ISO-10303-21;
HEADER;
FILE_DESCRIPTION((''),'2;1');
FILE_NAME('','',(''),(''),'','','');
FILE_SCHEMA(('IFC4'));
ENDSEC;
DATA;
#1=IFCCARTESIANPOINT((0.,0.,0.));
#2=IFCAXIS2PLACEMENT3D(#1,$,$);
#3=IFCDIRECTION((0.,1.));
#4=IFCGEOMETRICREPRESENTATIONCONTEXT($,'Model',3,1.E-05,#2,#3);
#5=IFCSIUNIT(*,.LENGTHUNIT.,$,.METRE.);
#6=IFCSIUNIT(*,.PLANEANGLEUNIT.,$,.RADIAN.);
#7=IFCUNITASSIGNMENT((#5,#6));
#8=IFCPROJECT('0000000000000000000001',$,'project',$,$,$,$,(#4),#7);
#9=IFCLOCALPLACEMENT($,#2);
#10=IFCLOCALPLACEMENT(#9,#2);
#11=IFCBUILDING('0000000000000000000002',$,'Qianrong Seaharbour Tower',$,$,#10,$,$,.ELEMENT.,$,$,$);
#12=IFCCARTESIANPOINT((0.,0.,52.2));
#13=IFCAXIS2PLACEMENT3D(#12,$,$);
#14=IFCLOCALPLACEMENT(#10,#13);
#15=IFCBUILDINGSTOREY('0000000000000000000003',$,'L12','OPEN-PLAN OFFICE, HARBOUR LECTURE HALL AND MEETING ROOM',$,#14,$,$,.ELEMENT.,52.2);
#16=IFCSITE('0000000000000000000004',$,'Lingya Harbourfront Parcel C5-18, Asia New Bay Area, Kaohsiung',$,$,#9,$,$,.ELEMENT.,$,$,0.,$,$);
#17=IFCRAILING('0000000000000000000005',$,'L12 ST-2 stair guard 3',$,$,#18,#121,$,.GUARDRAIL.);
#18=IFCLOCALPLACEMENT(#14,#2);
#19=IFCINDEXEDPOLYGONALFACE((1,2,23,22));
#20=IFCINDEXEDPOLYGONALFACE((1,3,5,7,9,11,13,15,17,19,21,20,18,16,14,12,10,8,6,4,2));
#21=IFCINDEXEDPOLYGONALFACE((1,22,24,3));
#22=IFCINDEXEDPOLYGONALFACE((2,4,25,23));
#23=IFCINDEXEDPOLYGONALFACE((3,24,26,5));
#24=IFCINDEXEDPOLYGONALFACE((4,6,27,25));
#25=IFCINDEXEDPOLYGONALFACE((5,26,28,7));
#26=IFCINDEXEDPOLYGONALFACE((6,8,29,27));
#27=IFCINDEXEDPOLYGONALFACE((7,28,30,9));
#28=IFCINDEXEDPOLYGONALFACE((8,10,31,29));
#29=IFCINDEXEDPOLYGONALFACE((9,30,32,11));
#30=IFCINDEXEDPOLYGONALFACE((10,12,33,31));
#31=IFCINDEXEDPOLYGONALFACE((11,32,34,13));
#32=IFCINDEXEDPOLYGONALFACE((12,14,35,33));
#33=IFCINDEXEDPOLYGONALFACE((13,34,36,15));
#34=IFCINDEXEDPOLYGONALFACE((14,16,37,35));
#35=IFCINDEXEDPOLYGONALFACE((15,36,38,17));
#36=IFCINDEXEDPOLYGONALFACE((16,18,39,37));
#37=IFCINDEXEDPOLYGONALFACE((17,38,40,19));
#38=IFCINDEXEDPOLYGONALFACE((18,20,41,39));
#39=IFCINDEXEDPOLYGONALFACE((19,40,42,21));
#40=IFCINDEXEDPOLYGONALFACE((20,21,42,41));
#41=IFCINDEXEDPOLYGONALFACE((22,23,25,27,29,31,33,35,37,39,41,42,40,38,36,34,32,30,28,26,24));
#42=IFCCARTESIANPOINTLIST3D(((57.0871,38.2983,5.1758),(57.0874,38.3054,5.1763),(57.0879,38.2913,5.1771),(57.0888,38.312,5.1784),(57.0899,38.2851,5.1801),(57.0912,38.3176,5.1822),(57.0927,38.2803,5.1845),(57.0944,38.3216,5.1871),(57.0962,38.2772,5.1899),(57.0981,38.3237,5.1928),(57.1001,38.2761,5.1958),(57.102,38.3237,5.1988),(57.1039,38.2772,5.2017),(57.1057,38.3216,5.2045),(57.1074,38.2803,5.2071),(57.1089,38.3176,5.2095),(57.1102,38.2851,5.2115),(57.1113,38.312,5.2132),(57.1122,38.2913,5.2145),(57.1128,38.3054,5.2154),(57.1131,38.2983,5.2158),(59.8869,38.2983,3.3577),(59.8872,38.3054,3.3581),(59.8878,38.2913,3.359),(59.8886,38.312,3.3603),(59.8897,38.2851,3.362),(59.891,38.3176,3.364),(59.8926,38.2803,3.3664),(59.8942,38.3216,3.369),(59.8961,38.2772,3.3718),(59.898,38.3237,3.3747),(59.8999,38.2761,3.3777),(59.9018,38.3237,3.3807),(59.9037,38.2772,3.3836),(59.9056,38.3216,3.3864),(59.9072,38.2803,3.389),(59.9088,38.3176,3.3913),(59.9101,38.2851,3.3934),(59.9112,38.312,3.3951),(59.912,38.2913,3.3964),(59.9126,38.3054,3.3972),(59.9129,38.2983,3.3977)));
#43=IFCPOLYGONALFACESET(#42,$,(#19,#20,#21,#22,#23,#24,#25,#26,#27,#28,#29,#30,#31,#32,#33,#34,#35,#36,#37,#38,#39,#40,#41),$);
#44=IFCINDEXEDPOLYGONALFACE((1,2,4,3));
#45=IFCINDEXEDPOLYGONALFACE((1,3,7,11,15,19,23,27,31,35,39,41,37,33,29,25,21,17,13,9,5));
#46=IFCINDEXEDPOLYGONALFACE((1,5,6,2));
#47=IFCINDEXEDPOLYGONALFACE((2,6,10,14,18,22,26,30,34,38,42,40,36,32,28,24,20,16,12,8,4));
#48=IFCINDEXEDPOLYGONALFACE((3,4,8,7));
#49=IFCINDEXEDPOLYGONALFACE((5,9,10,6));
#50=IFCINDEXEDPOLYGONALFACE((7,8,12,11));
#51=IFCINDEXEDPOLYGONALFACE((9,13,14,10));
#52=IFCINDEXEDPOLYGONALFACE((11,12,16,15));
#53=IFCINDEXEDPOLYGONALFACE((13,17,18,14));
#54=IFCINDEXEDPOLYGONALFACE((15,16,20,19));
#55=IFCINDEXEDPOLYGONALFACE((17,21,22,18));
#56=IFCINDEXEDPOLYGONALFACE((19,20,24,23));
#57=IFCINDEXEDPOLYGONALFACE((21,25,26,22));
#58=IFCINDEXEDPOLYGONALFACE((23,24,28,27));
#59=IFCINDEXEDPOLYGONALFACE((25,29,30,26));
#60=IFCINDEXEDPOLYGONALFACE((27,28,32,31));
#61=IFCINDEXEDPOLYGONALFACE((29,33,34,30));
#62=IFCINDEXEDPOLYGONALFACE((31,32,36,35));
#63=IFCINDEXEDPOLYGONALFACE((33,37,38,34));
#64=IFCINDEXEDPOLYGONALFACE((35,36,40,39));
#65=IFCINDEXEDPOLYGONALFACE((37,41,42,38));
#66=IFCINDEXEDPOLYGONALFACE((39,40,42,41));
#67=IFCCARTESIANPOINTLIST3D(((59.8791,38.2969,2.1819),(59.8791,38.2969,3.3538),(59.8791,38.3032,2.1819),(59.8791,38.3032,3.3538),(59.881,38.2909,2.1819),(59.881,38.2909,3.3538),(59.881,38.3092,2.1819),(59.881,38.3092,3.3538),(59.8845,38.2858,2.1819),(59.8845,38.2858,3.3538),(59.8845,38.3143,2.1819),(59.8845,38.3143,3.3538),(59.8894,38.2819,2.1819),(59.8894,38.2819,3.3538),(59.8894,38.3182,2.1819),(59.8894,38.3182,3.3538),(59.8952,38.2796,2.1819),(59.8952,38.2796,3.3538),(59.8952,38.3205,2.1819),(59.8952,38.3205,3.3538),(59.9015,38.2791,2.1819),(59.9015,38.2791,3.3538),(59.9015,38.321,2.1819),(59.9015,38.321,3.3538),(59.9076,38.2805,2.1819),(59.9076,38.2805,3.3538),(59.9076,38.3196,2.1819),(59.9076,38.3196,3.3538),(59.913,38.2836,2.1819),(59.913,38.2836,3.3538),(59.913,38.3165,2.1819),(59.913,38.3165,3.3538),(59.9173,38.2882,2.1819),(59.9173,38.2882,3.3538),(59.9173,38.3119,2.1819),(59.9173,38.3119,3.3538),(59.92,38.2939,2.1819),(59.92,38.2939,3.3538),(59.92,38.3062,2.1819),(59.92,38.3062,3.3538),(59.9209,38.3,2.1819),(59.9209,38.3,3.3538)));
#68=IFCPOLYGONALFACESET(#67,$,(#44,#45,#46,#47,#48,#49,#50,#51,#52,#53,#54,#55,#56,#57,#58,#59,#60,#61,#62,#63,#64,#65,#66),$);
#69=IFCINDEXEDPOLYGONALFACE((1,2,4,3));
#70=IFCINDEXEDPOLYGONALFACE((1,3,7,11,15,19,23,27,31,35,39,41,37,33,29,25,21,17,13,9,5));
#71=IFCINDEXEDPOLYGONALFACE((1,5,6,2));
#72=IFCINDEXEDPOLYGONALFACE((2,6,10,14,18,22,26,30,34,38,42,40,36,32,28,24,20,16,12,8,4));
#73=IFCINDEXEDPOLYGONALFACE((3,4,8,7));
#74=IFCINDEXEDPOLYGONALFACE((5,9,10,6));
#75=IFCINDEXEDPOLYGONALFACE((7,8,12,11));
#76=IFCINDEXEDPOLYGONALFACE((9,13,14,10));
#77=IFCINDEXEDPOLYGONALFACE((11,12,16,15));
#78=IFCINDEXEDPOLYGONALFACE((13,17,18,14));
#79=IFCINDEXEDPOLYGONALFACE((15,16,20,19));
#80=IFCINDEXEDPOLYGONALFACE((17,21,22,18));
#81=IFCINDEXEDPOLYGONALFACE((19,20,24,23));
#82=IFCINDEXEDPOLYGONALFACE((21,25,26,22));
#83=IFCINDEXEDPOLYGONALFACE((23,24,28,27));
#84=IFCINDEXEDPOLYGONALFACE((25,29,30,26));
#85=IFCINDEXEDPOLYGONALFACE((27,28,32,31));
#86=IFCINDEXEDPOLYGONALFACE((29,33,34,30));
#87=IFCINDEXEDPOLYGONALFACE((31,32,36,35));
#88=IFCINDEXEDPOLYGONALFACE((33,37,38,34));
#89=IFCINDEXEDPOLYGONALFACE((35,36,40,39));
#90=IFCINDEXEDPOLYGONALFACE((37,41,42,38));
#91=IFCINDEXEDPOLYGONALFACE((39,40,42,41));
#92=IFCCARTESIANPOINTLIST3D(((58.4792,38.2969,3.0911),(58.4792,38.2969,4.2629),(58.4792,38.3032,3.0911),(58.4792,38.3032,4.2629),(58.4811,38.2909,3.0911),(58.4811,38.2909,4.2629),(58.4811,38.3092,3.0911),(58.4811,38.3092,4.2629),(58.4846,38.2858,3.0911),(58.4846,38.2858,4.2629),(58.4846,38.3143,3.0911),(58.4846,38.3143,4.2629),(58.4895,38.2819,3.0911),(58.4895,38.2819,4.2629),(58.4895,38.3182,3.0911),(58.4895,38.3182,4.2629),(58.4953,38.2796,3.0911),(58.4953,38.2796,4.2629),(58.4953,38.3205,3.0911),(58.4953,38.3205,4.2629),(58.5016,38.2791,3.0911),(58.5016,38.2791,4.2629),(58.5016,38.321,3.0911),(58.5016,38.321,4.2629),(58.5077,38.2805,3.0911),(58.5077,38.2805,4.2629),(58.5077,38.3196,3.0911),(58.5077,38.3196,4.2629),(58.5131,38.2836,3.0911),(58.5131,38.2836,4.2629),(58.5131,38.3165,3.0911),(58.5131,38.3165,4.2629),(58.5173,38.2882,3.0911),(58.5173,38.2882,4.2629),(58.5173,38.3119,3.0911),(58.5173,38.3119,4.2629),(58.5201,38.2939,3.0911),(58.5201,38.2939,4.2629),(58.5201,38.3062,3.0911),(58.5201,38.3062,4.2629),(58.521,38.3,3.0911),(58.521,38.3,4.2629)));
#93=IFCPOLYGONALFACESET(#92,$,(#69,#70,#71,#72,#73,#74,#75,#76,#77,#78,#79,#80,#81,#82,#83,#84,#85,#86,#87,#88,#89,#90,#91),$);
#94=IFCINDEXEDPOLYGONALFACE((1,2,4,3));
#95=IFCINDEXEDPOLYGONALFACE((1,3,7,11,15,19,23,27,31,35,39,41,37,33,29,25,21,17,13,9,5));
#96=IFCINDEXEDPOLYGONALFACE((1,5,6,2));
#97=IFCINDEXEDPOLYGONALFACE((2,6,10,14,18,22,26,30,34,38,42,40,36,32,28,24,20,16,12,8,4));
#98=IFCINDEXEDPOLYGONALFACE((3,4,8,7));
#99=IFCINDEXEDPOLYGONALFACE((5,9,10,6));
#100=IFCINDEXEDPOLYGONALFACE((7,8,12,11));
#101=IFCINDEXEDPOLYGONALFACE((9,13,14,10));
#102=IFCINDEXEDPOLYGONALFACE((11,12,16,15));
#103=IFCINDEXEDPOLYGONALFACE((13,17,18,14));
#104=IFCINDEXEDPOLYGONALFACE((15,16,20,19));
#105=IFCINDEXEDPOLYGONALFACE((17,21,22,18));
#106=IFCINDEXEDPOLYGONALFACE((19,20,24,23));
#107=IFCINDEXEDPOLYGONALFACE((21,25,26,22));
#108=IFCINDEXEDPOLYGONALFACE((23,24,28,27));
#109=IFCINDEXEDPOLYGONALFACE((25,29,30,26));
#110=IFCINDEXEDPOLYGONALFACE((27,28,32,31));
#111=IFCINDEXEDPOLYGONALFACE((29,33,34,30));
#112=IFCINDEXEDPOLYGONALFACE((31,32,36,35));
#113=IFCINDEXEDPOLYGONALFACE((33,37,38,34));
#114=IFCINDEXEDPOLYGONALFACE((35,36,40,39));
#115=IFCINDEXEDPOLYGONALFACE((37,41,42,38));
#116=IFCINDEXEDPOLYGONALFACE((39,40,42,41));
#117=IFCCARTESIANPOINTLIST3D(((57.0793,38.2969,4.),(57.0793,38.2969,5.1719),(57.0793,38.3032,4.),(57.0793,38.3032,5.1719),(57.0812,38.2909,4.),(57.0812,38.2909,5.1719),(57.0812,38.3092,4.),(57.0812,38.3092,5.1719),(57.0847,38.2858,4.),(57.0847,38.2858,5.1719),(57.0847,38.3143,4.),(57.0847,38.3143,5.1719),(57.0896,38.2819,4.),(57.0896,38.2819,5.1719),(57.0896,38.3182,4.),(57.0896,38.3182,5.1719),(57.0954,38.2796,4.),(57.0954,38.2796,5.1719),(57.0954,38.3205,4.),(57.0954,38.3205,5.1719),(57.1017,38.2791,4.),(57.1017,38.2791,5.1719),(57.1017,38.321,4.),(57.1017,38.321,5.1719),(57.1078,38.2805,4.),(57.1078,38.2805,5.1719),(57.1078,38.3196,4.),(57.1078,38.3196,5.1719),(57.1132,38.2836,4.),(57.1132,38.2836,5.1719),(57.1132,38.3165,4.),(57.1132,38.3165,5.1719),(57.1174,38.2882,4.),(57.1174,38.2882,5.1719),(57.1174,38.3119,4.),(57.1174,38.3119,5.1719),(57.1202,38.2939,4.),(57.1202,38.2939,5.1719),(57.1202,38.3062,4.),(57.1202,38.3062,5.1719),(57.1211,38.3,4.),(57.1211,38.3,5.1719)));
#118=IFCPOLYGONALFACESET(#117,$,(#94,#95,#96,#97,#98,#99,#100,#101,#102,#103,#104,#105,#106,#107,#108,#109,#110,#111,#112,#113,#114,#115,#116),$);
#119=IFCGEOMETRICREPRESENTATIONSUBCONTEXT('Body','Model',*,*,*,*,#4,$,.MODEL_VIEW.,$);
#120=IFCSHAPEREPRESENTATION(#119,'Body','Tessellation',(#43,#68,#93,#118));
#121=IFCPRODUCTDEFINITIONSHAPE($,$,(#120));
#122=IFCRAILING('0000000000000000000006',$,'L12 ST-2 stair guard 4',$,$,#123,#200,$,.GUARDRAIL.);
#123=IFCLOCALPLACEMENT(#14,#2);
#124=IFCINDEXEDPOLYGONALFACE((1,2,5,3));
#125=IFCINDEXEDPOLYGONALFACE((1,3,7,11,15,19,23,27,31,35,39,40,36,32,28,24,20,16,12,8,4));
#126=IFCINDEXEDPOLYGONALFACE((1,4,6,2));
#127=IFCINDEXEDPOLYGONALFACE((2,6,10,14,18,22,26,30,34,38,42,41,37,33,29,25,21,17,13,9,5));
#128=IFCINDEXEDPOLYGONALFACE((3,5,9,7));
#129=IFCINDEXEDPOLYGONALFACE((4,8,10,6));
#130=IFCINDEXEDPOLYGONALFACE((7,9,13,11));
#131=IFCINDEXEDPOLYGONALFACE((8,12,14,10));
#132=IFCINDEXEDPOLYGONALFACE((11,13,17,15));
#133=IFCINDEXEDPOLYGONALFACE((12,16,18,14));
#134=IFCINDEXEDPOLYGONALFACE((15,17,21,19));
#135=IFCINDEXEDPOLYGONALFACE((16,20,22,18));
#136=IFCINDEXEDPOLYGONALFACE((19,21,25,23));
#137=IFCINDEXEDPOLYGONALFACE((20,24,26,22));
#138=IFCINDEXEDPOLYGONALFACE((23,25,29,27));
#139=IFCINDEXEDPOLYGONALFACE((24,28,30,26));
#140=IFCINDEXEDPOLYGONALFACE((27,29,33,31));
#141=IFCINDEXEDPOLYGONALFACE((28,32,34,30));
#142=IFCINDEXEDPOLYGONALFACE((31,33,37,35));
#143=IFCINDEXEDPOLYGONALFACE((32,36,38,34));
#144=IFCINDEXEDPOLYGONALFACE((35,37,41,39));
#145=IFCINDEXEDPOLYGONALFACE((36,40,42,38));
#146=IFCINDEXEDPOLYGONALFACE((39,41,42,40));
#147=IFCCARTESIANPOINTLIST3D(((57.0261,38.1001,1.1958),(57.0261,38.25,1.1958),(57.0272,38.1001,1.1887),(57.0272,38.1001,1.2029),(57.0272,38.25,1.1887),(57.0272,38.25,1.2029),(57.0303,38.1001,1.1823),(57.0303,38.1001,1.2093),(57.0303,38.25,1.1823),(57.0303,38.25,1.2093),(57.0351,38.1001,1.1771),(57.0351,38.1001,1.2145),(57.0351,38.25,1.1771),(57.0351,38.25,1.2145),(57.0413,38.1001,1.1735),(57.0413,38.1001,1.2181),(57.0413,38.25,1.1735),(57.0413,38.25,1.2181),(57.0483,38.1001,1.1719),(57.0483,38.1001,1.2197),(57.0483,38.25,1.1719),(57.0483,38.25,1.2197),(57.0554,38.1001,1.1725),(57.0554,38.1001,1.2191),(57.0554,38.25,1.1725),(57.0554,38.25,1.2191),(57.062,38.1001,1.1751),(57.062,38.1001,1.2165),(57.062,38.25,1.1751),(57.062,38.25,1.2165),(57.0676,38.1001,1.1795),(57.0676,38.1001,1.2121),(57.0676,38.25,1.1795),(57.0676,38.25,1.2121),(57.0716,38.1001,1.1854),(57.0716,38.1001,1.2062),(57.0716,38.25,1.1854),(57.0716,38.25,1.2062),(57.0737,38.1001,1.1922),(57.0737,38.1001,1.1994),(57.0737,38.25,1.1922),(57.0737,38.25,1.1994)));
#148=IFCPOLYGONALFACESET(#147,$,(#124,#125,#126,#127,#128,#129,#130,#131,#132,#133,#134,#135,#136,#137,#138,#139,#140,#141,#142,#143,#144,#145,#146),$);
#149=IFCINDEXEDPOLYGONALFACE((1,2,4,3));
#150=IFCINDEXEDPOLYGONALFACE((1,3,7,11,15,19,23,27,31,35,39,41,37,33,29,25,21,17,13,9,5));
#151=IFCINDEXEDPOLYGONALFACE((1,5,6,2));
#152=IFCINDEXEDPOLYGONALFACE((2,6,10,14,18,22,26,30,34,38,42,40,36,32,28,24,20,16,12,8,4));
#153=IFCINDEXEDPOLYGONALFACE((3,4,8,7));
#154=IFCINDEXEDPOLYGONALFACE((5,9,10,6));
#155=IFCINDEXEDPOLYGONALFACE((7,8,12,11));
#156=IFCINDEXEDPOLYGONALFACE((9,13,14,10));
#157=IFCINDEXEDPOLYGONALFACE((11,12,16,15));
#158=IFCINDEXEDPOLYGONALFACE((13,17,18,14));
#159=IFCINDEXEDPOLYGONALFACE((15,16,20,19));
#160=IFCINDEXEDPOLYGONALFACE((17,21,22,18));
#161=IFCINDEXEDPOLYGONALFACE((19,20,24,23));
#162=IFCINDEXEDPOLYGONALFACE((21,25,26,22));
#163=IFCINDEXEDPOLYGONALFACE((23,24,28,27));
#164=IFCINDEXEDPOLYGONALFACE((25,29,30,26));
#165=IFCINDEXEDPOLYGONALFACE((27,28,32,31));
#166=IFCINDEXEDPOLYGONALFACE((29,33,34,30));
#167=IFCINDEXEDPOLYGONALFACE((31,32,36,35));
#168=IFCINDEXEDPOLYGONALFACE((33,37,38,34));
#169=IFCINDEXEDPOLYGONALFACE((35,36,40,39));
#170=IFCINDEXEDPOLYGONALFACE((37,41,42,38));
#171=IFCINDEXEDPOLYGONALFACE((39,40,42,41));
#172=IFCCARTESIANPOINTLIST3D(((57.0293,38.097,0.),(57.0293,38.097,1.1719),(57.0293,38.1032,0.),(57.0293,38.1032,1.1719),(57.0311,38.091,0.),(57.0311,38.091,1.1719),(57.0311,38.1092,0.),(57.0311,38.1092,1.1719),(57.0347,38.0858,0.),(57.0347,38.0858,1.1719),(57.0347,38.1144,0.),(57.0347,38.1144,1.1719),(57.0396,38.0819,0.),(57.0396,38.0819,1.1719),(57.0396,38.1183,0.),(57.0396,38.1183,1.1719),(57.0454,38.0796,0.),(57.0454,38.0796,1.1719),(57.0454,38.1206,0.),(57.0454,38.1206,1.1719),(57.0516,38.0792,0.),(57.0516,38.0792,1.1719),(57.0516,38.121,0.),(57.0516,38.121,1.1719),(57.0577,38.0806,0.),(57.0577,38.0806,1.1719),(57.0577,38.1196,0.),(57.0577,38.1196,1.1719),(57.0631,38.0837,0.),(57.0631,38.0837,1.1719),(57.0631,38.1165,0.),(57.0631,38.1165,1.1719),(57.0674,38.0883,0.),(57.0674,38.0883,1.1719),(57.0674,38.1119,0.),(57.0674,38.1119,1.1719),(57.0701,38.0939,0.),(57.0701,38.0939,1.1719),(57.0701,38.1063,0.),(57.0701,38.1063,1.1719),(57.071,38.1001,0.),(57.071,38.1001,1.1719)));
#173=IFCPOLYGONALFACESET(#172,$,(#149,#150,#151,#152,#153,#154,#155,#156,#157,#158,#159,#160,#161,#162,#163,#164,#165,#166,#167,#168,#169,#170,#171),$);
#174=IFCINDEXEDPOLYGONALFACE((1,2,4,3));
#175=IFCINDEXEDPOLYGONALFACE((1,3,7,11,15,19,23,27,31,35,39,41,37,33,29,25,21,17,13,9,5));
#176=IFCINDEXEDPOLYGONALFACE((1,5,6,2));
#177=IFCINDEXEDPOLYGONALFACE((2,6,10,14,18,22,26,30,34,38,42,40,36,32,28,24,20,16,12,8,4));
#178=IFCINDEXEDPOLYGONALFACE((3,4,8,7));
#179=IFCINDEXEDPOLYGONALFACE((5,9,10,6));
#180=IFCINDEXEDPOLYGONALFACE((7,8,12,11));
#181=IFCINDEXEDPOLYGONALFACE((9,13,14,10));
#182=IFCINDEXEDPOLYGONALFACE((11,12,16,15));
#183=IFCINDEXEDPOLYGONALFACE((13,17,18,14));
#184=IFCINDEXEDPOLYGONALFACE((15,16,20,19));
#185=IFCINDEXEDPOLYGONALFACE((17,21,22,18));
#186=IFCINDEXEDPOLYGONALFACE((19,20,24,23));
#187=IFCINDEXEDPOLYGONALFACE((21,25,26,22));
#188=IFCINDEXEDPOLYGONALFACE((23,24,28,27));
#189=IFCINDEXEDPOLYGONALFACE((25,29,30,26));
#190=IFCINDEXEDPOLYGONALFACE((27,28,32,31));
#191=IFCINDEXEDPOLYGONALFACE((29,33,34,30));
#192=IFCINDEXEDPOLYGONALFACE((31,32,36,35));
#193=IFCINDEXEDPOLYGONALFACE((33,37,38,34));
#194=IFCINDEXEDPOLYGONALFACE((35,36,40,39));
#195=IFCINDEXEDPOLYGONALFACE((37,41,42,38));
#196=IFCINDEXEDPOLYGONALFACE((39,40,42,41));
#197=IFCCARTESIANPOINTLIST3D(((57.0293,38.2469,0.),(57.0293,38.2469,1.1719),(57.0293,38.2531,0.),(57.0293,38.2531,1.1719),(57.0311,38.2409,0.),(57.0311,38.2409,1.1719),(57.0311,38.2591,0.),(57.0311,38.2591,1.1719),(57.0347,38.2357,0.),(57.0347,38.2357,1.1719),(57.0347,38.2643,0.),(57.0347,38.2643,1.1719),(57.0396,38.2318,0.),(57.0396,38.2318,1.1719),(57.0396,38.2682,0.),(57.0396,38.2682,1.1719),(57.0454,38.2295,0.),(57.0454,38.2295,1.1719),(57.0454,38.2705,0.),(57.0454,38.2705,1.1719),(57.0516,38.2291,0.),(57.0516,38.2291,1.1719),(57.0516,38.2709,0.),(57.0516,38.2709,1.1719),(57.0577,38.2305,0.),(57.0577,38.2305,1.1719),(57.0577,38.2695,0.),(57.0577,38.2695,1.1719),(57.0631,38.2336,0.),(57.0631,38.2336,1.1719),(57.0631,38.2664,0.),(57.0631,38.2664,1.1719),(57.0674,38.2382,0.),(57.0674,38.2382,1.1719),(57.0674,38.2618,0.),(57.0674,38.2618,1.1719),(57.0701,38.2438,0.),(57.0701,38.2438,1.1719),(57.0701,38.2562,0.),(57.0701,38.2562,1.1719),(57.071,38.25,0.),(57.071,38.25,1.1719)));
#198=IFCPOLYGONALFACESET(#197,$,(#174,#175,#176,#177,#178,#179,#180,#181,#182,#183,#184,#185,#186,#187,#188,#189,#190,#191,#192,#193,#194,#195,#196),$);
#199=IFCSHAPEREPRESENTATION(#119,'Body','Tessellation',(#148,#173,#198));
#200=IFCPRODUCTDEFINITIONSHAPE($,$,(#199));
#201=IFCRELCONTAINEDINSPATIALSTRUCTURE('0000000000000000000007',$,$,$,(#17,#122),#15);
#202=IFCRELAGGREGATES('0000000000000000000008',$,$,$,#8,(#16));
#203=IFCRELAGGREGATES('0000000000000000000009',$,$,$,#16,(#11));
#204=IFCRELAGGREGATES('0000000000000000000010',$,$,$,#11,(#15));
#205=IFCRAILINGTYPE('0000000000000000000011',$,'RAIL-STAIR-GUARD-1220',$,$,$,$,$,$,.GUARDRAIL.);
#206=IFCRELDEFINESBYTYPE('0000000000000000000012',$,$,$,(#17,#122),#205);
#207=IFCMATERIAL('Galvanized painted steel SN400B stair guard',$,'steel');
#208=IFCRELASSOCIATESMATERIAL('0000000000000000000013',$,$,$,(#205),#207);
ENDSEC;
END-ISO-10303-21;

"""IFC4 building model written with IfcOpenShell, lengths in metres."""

from ifc_helpers import new_model, si_unit, direction, frame, origin, origin_2d, place, context, subcontext, project, spatial, circle, extrude, material, type_object, element, save


model = new_model("IFC4")

# Units and contexts
model_context = context("Model", 3, precision=1e-05, world=origin(), true_north=direction((0.0, 1.0)))
body_context = subcontext(model_context, "Body", "Model", "MODEL_VIEW")
ifc_project = project(units=[si_unit("LENGTHUNIT", "METRE"), si_unit("PLANEANGLEUNIT", "RADIAN")], contexts=[model_context])

# Site, building, storey
site_placement = place(None, origin())
site = spatial("IfcSite", under=ifc_project, at=site_placement, Name="Lingya Harbourfront Parcel C5-18, Asia New Bay Area, Kaohsiung", CompositionType="ELEMENT", RefElevation=0.0)
building_placement = place(site_placement, origin())
building = spatial("IfcBuilding", under=site, at=building_placement, Name="Qianrong Seaharbour Tower", CompositionType="ELEMENT")
storey_placement = place(building_placement, frame((0.0, 0.0, 52.2)))
storey = spatial("IfcBuildingStorey", under=building, at=storey_placement, Name="L12", Description="OPEN-PLAN OFFICE, HARBOUR LECTURE HALL AND MEETING ROOM", CompositionType="ELEMENT", Elevation=52.2)

# Railings
ifc_material_1 = material(Name="Galvanized painted steel SN400B stair guard", Category="steel")
railing_type_1 = type_object("IfcRailingType", Name="RAIL-STAIR-GUARD-1220", PredefinedType="GUARDRAIL", material=ifc_material_1)
railing_1_placement = place(storey_placement, frame((59.8999, 38.3, 2.1819)))
element("IfcRailing", 1, at=railing_1_placement, inside=storey, type_object=railing_type_1, Name="L12 ST-2 stair guard 3", PredefinedType="GUARDRAIL", context=body_context, shape_type="SweptSolid", body=[
    extrude(circle(Radius=0.0239, at=origin_2d()), frame((0.0, 0.0, 1.1958), z_axis=(-0.838684, 0.0, 0.544618), x_axis=(0.0, -1.0, 0.0)), (0.0, 0.0, 1.0), 3.3384),
    extrude(circle(Radius=0.021, at=origin_2d()), origin(), (0.0, 0.0, 1.0), 1.1719),
    extrude(circle(Radius=0.021, at=origin_2d()), frame((-1.3999, 0.0, 0.9092)), (0.0, 0.0, 1.0), 1.1719),
    extrude(circle(Radius=0.021, at=origin_2d()), frame((-2.7998, 0.0, 1.8181)), (0.0, 0.0, 1.0), 1.1719),
])
railing_2_placement = place(storey_placement, frame((57.05, 38.1001, 0.0)))
element("IfcRailing", 2, at=railing_2_placement, inside=storey, type_object=railing_type_1, Name="L12 ST-2 stair guard 4", PredefinedType="GUARDRAIL", context=body_context, shape_type="SweptSolid", body=[
    extrude(circle(Radius=0.0239, at=origin_2d()), frame((0.0, 0.0, 1.1958), z_axis=(0.0, 1.0, 0.0), x_axis=(-1.0, 0.0, 0.0)), (0.0, 0.0, 1.0), 0.1499),
    extrude(circle(Radius=0.021, at=origin_2d()), origin(), (0.0, 0.0, 1.0), 1.1719),
    extrude(circle(Radius=0.021, at=origin_2d()), frame((0.0, 0.1499, 0.0)), (0.0, 0.0, 1.0), 1.1719),
])

save(model, "model.ifc")
